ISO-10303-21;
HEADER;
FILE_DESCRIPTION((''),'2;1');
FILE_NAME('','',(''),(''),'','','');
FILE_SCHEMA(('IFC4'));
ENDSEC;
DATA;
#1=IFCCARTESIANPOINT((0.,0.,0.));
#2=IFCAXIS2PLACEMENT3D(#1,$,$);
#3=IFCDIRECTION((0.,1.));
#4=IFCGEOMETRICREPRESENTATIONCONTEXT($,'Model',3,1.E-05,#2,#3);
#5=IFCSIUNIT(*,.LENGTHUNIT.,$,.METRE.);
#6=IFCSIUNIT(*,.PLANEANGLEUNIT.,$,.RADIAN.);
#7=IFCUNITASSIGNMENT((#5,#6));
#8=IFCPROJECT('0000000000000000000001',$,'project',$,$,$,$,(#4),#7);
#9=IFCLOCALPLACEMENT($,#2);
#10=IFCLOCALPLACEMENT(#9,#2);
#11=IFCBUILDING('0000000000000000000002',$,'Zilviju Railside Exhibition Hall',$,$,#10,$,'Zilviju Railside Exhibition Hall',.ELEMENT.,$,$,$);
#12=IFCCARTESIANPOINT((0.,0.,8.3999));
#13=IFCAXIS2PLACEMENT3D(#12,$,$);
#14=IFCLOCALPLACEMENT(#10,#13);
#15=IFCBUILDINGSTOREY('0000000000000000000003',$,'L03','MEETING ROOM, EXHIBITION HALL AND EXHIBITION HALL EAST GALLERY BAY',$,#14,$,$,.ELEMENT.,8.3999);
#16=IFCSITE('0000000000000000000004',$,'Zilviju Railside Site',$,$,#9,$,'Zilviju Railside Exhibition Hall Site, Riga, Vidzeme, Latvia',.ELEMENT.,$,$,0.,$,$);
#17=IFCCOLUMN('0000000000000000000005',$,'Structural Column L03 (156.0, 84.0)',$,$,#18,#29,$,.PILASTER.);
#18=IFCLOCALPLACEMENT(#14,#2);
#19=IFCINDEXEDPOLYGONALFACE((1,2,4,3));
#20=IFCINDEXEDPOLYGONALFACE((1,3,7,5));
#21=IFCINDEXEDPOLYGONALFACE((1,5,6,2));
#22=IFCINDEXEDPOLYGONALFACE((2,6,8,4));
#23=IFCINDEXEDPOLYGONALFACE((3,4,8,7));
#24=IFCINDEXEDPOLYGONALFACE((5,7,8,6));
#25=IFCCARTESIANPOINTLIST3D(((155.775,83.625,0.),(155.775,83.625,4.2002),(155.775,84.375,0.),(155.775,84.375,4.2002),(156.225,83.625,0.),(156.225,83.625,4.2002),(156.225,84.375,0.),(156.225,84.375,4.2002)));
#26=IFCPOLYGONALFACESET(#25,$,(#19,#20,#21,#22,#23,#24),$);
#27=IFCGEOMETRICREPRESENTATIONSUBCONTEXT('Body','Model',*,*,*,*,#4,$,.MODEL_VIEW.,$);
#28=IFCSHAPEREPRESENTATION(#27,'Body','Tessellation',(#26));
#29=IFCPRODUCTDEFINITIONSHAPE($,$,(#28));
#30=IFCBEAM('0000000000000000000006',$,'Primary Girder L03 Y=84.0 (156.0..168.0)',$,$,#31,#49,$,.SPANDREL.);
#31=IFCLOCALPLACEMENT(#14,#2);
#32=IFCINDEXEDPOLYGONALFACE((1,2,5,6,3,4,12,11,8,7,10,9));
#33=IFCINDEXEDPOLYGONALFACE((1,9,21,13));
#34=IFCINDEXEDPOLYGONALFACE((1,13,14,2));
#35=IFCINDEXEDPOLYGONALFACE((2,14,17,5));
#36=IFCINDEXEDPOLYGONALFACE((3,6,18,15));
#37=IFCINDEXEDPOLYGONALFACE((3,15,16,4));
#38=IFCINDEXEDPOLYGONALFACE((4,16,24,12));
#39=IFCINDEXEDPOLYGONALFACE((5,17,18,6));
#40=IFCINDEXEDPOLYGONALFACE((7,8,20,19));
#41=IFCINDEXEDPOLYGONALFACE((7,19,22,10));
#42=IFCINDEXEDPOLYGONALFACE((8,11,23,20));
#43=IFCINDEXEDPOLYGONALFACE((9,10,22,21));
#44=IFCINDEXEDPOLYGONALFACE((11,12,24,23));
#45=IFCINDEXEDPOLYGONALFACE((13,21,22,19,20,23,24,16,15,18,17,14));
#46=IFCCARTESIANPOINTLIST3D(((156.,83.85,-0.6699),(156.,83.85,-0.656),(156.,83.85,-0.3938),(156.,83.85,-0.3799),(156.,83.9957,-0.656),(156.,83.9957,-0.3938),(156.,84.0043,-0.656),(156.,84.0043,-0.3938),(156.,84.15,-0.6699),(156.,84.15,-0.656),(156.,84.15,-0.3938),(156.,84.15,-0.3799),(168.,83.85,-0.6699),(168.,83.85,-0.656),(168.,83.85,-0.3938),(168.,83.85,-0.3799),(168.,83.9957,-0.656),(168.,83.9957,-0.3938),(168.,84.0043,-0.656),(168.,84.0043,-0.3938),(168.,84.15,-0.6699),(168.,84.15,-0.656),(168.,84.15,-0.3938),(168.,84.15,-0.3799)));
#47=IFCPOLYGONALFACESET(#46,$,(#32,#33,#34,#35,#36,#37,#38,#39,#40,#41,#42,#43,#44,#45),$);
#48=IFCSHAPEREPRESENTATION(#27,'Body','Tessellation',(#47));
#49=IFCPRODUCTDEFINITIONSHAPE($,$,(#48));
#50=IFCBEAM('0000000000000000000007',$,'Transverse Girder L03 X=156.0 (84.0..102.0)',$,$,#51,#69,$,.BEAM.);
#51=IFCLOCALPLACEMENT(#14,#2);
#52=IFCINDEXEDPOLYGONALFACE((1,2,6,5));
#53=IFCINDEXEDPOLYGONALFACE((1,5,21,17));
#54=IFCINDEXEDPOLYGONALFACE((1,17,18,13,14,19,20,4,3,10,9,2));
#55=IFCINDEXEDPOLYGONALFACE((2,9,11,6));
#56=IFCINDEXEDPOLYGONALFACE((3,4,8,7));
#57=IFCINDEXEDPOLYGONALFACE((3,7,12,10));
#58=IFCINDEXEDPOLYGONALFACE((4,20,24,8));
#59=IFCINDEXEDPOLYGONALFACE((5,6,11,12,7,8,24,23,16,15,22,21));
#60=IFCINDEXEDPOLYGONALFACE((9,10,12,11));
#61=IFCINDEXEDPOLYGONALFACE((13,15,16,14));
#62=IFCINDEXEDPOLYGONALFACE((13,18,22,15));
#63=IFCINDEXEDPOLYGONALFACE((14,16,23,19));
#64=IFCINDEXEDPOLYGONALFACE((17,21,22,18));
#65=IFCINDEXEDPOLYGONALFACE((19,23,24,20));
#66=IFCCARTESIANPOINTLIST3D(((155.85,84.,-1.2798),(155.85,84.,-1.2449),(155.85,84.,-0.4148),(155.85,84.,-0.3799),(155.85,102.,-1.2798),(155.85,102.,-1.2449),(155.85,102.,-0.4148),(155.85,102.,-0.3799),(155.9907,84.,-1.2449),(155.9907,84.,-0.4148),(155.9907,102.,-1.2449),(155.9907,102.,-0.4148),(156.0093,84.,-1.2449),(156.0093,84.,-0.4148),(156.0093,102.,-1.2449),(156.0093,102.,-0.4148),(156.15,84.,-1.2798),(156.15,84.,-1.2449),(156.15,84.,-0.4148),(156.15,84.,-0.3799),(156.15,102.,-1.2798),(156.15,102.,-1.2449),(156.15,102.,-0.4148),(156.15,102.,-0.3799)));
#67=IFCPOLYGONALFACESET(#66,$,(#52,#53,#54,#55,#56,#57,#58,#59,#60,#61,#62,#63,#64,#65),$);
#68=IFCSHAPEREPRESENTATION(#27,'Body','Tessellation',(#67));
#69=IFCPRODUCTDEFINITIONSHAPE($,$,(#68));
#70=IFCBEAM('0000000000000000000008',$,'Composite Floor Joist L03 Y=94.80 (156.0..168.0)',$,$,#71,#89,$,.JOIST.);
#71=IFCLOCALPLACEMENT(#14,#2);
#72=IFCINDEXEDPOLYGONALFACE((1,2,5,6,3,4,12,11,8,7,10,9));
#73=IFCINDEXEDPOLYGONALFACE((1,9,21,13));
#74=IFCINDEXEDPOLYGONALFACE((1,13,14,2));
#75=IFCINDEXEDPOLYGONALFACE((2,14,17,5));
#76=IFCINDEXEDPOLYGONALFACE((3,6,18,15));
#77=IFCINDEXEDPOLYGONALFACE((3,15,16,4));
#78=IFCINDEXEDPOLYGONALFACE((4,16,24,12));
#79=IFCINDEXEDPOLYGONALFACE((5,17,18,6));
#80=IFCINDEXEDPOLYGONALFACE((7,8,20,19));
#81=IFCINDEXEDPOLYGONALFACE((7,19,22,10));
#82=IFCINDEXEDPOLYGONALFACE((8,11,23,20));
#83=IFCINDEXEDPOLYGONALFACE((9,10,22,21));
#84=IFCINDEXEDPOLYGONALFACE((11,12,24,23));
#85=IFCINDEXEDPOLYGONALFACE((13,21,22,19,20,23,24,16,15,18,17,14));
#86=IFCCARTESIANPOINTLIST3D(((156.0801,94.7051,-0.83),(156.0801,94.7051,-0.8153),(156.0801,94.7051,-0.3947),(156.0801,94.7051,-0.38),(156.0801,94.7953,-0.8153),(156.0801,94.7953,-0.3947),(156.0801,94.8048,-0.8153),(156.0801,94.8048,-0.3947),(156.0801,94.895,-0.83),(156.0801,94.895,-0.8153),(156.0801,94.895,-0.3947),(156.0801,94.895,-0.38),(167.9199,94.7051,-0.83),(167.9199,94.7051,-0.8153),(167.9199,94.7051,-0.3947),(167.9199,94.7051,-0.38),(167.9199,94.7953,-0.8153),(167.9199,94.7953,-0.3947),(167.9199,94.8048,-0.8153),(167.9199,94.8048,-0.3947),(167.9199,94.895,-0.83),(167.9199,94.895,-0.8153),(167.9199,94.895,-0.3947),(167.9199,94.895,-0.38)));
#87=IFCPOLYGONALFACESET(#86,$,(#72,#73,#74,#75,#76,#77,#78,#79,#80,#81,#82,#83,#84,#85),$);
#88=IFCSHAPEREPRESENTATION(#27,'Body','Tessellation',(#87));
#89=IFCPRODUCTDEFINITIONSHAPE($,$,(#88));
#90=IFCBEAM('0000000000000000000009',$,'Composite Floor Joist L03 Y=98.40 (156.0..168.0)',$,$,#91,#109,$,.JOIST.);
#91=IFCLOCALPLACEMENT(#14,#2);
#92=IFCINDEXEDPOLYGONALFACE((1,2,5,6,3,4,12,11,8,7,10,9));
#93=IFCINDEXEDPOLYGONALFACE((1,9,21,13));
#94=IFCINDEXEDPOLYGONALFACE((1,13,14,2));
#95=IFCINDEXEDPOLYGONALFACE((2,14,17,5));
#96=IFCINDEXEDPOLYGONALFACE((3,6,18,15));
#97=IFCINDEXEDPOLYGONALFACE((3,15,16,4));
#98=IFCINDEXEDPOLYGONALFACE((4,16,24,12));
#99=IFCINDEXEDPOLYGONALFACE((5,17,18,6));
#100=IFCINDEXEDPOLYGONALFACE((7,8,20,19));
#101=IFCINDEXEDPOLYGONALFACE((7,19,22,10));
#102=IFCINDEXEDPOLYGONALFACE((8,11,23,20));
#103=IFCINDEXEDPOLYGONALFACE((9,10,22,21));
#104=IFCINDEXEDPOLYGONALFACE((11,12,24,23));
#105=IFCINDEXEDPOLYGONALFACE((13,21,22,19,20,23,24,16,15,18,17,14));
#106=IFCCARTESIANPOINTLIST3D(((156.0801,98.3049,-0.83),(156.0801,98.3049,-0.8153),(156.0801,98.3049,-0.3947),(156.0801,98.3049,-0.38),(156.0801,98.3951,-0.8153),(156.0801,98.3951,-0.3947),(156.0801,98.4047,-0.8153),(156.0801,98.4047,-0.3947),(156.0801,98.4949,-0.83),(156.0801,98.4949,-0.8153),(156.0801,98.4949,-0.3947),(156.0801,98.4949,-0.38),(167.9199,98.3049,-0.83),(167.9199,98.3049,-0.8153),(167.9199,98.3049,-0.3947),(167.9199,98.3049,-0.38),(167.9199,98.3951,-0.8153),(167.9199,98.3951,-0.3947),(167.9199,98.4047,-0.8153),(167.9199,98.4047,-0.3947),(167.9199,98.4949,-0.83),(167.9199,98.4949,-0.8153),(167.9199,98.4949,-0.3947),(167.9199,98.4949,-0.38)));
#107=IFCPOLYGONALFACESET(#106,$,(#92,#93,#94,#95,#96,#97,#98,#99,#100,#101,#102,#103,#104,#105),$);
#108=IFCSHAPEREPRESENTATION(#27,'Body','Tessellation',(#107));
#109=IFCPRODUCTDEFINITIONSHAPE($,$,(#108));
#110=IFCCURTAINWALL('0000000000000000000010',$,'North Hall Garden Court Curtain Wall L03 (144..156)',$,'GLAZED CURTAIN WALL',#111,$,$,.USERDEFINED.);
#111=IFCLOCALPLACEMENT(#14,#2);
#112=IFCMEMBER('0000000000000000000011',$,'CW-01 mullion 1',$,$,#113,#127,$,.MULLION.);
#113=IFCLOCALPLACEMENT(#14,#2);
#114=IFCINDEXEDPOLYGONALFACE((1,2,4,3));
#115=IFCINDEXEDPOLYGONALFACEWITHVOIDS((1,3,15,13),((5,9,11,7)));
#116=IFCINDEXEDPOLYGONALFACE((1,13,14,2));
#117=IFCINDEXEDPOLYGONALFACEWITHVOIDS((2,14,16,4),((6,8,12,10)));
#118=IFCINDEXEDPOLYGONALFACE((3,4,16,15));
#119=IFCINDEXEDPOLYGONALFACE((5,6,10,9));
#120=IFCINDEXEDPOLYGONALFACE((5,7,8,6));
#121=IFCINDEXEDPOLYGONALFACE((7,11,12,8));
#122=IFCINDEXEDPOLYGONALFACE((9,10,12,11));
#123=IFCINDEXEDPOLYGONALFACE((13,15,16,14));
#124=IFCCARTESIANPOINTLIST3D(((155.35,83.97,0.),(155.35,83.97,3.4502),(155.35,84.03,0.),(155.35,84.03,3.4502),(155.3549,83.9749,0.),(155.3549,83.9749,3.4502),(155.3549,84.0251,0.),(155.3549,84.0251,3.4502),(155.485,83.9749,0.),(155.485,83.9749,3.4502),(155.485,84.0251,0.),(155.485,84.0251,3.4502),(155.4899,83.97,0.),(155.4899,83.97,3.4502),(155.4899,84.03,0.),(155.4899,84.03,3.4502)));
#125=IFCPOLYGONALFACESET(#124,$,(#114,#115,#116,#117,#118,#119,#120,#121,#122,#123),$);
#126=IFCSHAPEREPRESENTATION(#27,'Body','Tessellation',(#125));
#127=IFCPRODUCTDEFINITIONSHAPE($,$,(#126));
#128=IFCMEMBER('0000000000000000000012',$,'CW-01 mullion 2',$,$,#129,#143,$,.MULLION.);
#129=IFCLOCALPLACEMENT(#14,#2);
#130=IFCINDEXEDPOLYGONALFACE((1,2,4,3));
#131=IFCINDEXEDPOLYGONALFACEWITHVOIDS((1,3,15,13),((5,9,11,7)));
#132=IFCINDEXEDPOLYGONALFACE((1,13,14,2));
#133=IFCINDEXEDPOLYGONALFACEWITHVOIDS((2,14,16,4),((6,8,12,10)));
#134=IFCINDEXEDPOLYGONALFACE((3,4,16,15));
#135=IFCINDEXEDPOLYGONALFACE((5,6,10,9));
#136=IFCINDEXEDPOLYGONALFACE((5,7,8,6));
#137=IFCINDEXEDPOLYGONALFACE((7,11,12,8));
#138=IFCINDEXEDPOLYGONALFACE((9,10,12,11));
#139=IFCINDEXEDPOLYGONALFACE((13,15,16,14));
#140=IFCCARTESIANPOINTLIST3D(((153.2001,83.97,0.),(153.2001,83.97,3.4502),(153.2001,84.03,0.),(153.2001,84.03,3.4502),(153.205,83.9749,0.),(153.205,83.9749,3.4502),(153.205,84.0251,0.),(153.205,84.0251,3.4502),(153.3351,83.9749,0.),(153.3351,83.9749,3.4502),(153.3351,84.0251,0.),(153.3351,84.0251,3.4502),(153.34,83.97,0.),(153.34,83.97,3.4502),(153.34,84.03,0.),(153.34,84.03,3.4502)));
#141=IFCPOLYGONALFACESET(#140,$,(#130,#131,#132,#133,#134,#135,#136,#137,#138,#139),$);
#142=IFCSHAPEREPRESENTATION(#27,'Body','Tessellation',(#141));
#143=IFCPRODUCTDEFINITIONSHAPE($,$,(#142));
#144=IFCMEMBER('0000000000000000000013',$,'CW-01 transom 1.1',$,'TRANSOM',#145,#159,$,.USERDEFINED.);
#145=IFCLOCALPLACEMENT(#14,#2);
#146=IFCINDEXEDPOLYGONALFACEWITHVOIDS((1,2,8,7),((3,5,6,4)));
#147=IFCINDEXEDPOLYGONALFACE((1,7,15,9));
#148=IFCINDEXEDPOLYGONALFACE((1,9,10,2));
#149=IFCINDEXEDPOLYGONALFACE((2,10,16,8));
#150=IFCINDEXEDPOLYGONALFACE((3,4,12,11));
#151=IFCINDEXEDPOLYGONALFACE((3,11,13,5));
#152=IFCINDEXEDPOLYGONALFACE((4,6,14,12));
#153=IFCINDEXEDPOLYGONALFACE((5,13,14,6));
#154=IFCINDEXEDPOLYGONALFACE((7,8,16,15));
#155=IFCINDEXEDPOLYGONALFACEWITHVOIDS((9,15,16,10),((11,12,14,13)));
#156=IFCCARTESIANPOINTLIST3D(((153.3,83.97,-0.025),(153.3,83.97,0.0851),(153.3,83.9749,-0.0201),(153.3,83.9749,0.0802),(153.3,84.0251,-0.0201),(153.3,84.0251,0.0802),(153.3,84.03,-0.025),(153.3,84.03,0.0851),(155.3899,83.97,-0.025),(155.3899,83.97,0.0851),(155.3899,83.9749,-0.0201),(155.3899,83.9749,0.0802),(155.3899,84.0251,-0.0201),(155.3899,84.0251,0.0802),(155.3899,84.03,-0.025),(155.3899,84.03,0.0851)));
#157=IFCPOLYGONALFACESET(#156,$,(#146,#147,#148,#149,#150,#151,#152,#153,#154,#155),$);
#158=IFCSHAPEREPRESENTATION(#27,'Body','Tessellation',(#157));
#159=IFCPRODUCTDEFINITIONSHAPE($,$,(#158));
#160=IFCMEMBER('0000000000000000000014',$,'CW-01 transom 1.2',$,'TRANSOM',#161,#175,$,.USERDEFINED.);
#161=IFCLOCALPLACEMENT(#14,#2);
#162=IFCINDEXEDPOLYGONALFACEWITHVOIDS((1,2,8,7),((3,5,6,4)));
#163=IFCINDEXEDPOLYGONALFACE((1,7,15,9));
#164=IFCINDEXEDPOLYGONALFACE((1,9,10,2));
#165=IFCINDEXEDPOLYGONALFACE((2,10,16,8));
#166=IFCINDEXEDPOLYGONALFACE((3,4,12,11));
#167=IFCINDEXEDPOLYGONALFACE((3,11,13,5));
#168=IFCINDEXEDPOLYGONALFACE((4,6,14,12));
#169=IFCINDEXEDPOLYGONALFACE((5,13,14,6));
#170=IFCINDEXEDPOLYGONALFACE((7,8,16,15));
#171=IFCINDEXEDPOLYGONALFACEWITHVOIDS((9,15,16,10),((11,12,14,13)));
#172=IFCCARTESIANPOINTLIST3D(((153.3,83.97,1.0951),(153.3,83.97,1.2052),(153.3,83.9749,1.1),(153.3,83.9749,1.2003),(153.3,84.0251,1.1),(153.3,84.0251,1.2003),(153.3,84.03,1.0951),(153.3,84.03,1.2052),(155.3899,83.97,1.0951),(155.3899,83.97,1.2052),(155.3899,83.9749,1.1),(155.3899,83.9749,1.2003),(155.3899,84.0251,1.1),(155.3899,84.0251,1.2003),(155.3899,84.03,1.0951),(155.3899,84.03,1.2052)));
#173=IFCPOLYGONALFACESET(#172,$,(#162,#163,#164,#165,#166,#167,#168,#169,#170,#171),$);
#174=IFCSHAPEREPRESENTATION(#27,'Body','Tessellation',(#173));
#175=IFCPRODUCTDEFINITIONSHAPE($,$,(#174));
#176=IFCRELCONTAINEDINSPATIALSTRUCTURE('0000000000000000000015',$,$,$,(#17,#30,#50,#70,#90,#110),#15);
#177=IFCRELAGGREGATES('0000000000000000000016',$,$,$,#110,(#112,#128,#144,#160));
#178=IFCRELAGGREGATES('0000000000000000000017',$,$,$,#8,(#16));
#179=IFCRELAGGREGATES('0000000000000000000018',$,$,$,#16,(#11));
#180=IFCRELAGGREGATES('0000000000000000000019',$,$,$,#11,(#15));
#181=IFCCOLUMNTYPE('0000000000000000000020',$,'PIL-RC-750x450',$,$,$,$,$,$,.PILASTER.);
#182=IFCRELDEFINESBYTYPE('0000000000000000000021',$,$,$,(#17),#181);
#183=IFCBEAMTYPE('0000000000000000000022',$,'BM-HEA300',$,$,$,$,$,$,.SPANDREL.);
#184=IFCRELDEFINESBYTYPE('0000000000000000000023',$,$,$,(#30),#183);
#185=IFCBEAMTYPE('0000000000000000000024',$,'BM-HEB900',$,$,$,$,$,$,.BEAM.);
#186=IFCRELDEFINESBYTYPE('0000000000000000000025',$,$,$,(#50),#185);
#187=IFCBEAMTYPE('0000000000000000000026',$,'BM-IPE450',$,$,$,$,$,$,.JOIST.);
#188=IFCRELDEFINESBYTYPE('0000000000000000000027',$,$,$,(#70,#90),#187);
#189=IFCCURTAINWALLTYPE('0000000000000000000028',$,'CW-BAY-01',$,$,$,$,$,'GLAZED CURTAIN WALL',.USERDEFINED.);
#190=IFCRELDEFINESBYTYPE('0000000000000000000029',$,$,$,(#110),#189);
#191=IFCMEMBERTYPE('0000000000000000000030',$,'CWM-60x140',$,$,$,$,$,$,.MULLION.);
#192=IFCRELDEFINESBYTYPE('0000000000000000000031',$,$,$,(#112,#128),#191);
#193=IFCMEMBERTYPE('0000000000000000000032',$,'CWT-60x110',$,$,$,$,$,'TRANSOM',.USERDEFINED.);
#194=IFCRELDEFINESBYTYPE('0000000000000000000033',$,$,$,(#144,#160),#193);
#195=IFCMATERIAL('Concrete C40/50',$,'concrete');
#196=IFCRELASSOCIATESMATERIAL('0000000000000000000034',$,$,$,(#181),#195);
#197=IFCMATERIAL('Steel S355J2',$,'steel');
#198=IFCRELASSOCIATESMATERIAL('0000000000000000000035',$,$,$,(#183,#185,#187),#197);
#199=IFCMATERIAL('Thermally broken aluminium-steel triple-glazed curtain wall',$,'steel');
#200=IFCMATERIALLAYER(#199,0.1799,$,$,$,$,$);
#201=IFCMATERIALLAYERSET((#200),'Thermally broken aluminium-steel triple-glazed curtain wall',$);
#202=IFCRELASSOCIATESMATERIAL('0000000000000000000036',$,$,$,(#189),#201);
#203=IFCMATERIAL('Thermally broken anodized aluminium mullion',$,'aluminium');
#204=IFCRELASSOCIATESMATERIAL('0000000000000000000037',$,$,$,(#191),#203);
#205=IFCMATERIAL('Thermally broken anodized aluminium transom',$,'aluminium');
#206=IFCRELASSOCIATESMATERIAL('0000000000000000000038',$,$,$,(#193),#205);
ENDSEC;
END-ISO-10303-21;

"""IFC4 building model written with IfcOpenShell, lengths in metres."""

from ifc_helpers import new_model, si_unit, direction, frame, origin, origin_2d, place, context, subcontext, project, spatial, rectangle, hollow_rectangle, i_section, extrude, material, layer, layer_set, material_profile, profile_set, type_object, element, aggregate, save


model = new_model("IFC4")

# Units and contexts
model_context = context("Model", 3, precision=1e-05, world=origin(), true_north=direction((0.0, 1.0)))
body_context = subcontext(model_context, "Body", "Model", "MODEL_VIEW")
ifc_project = project(units=[si_unit("LENGTHUNIT", "METRE"), si_unit("PLANEANGLEUNIT", "RADIAN")], contexts=[model_context])

# Site, building, storey
site_placement = place(None, origin())
site = spatial("IfcSite", under=ifc_project, at=site_placement, Name="Zilviju Railside Site", LongName="Zilviju Railside Exhibition Hall Site, Riga, Vidzeme, Latvia", CompositionType="ELEMENT", RefElevation=0.0)
building_placement = place(site_placement, origin())
building = spatial("IfcBuilding", under=site, at=building_placement, Name="Zilviju Railside Exhibition Hall", LongName="Zilviju Railside Exhibition Hall", CompositionType="ELEMENT")
storey_placement = place(building_placement, frame((0.0, 0.0, 8.3999)))
storey = spatial("IfcBuildingStorey", under=building, at=storey_placement, Name="L03", Description="MEETING ROOM, EXHIBITION HALL AND EXHIBITION HALL EAST GALLERY BAY", CompositionType="ELEMENT", Elevation=8.3999)

# Column
ifc_material_1 = material(Name="Concrete C40/50", Category="concrete")
ifc_material_profile_1 = material_profile(ifc_material_1, rectangle(XDim=0.45, YDim=0.75, at=origin_2d()), Name="RC COL 450x750")
ifc_profile_set_1 = profile_set([ifc_material_profile_1], Name="Concrete C40/50")
column_type = type_object("IfcColumnType", Name="PIL-RC-750x450", PredefinedType="PILASTER", material=ifc_profile_set_1)
column_placement = place(storey_placement, frame((156.0, 84.0, 0.0), z_axis=(0.0, 0.0, 1.0), x_axis=(1.0, 0.0, 0.0)))
element("IfcColumn", 1, at=column_placement, inside=storey, type_object=column_type, Name="Structural Column L03 (156.0, 84.0)", PredefinedType="PILASTER", context=body_context, shape_type="SweptSolid", body=[
    extrude(rectangle(XDim=0.45, YDim=0.75, at=origin_2d()), origin(), (0.0, 0.0, 1.0), 4.2002),
])

# Beams
ifc_material_2 = material(Name="Steel S355J2", Category="steel")
ifc_material_profile_2 = material_profile(ifc_material_2, i_section(OverallWidth=0.3, OverallDepth=0.29, WebThickness=0.0085, FlangeThickness=0.0139, at=origin_2d()), Name="HEA 300")
ifc_profile_set_2 = profile_set([ifc_material_profile_2], Name="Steel S355J2")
beam_type_1 = type_object("IfcBeamType", Name="BM-HEA300", PredefinedType="SPANDREL", material=ifc_profile_set_2)
beam_1_placement = place(storey_placement, frame((156.0, 84.0, -0.5249), z_axis=(1.0, 0.0, 0.0), x_axis=(0.0, 1.0, 0.0)))
element("IfcBeam", 2, at=beam_1_placement, inside=storey, type_object=beam_type_1, Name="Primary Girder L03 Y=84.0 (156.0..168.0)", PredefinedType="SPANDREL", context=body_context, shape_type="SweptSolid", body=[
    extrude(i_section(OverallWidth=0.3, OverallDepth=0.29, WebThickness=0.0085, FlangeThickness=0.0139, at=origin_2d()), origin(), (0.0, 0.0, 1.0), 12.0),
])
ifc_material_profile_3 = material_profile(ifc_material_2, i_section(OverallWidth=0.3, OverallDepth=0.8999, WebThickness=0.0186, FlangeThickness=0.0349, at=origin_2d()), Name="HEB 900")
ifc_profile_set_3 = profile_set([ifc_material_profile_3], Name="Steel S355J2")
beam_type_2 = type_object("IfcBeamType", Name="BM-HEB900", PredefinedType="BEAM", material=ifc_profile_set_3)
beam_2_placement = place(storey_placement, frame((156.0, 84.0, -0.8298), z_axis=(0.0, 1.0, 0.0), x_axis=(-1.0, 0.0, 0.0)))
element("IfcBeam", 3, at=beam_2_placement, inside=storey, type_object=beam_type_2, Name="Transverse Girder L03 X=156.0 (84.0..102.0)", PredefinedType="BEAM", context=body_context, shape_type="SweptSolid", body=[
    extrude(i_section(OverallWidth=0.3, OverallDepth=0.8999, WebThickness=0.0186, FlangeThickness=0.0349, at=origin_2d()), origin(), (0.0, 0.0, 1.0), 18.0),
])
ifc_material_profile_4 = material_profile(ifc_material_2, i_section(OverallWidth=0.1899, OverallDepth=0.45, WebThickness=0.0095, FlangeThickness=0.0146, at=origin_2d()), Name="IPE 450")
ifc_profile_set_4 = profile_set([ifc_material_profile_4], Name="Steel S355J2")
beam_type_3 = type_object("IfcBeamType", Name="BM-IPE450", PredefinedType="JOIST", material=ifc_profile_set_4)
for number, where, z_axis, x_axis, name in (
    (4, (156.0801, 94.8, -0.605), (1.0, 0.0, 0.0), (0.0, 1.0, 0.0), "Composite Floor Joist L03 Y=94.80 (156.0..168.0)"),
    (5, (156.0801, 98.3999, -0.605), (1.0, 0.0, 0.0), (0.0, 1.0, 0.0), "Composite Floor Joist L03 Y=98.40 (156.0..168.0)"),
):
    element("IfcBeam", number, at=place(storey_placement, frame(where, z_axis=z_axis, x_axis=x_axis)), inside=storey, type_object=beam_type_3, Name=name, PredefinedType="JOIST", context=body_context, shape_type="SweptSolid", body=[
        extrude(i_section(OverallWidth=0.1899, OverallDepth=0.45, WebThickness=0.0095, FlangeThickness=0.0146, at=origin_2d()), origin(), (0.0, 0.0, 1.0), 11.8398),
    ])

# Curtain wall, members
ifc_material_3 = material(Name="Thermally broken aluminium-steel triple-glazed curtain wall", Category="steel")
ifc_layer_1 = layer(ifc_material_3, 0.1799)
ifc_layer_set_1 = layer_set([ifc_layer_1], Name="Thermally broken aluminium-steel triple-glazed curtain wall")
curtain_wall_type = type_object("IfcCurtainWallType", Name="CW-BAY-01", ElementType="GLAZED CURTAIN WALL", PredefinedType="USERDEFINED", material=ifc_layer_set_1)
curtain_wall_placement = place(storey_placement, origin())
curtain_wall = element("IfcCurtainWall", 6, at=curtain_wall_placement, inside=storey, type_object=curtain_wall_type, Name="North Hall Garden Court Curtain Wall L03 (144..156)", ObjectType="GLAZED CURTAIN WALL", PredefinedType="USERDEFINED")
ifc_material_4 = material(Name="Thermally broken anodized aluminium mullion", Category="aluminium")
ifc_material_profile_5 = material_profile(ifc_material_4, hollow_rectangle(XDim=0.0601, YDim=0.1399, WallThickness=0.0049, at=origin_2d()), Name="MULLION 140x60x5")
ifc_profile_set_5 = profile_set([ifc_material_profile_5], Name="Thermally broken anodized aluminium mullion")
member_type_1 = type_object("IfcMemberType", Name="CWM-60x140", PredefinedType="MULLION", material=ifc_profile_set_5)
member_1_placement = place(storey_placement, frame((155.4199, 84.0, 0.0), z_axis=(0.0, 0.0, 1.0), x_axis=(0.0, -1.0, 0.0)))
member_1 = element("IfcMember", 7, at=member_1_placement, type_object=member_type_1, Name="CW-01 mullion 1", PredefinedType="MULLION", context=body_context, shape_type="SweptSolid", body=[
    extrude(hollow_rectangle(XDim=0.0601, YDim=0.1399, WallThickness=0.0049, at=origin_2d()), origin(), (0.0, 0.0, 1.0), 3.4502),
])
member_2_placement = place(storey_placement, frame((153.27, 84.0, 0.0), z_axis=(0.0, 0.0, 1.0), x_axis=(0.0, -1.0, 0.0)))
member_2 = element("IfcMember", 8, at=member_2_placement, type_object=member_type_1, Name="CW-01 mullion 2", PredefinedType="MULLION", context=body_context, shape_type="SweptSolid", body=[
    extrude(hollow_rectangle(XDim=0.0601, YDim=0.1399, WallThickness=0.0049, at=origin_2d()), origin(), (0.0, 0.0, 1.0), 3.4502),
])
ifc_material_5 = material(Name="Thermally broken anodized aluminium transom", Category="aluminium")
ifc_material_profile_6 = material_profile(ifc_material_5, hollow_rectangle(XDim=0.0601, YDim=0.1101, WallThickness=0.0049, at=origin_2d()), Name="TRANSOM 110x60x5")
ifc_profile_set_6 = profile_set([ifc_material_profile_6], Name="Thermally broken anodized aluminium transom")
member_type_2 = type_object("IfcMemberType", Name="CWT-60x110", ElementType="TRANSOM", PredefinedType="USERDEFINED", material=ifc_profile_set_6)
member_3_placement = place(storey_placement, frame((155.3899, 84.0, 0.03), z_axis=(-1.0, 0.0, 0.0), x_axis=(0.0, -1.0, 0.0)))
member_3 = element("IfcMember", 9, at=member_3_placement, type_object=member_type_2, Name="CW-01 transom 1.1", ObjectType="TRANSOM", PredefinedType="USERDEFINED", context=body_context, shape_type="SweptSolid", body=[
    extrude(hollow_rectangle(XDim=0.0601, YDim=0.1101, WallThickness=0.0049, at=origin_2d()), origin(), (0.0, 0.0, 1.0), 2.0898),
])
member_4_placement = place(storey_placement, frame((155.3899, 84.0, 1.1501), z_axis=(-1.0, 0.0, 0.0), x_axis=(0.0, -1.0, 0.0)))
member_4 = element("IfcMember", 10, at=member_4_placement, type_object=member_type_2, Name="CW-01 transom 1.2", ObjectType="TRANSOM", PredefinedType="USERDEFINED", context=body_context, shape_type="SweptSolid", body=[
    extrude(hollow_rectangle(XDim=0.0601, YDim=0.1101, WallThickness=0.0049, at=origin_2d()), origin(), (0.0, 0.0, 1.0), 2.0898),
])
aggregate(curtain_wall, [member_1, member_2, member_3, member_4])

save(model, "model.ifc")
